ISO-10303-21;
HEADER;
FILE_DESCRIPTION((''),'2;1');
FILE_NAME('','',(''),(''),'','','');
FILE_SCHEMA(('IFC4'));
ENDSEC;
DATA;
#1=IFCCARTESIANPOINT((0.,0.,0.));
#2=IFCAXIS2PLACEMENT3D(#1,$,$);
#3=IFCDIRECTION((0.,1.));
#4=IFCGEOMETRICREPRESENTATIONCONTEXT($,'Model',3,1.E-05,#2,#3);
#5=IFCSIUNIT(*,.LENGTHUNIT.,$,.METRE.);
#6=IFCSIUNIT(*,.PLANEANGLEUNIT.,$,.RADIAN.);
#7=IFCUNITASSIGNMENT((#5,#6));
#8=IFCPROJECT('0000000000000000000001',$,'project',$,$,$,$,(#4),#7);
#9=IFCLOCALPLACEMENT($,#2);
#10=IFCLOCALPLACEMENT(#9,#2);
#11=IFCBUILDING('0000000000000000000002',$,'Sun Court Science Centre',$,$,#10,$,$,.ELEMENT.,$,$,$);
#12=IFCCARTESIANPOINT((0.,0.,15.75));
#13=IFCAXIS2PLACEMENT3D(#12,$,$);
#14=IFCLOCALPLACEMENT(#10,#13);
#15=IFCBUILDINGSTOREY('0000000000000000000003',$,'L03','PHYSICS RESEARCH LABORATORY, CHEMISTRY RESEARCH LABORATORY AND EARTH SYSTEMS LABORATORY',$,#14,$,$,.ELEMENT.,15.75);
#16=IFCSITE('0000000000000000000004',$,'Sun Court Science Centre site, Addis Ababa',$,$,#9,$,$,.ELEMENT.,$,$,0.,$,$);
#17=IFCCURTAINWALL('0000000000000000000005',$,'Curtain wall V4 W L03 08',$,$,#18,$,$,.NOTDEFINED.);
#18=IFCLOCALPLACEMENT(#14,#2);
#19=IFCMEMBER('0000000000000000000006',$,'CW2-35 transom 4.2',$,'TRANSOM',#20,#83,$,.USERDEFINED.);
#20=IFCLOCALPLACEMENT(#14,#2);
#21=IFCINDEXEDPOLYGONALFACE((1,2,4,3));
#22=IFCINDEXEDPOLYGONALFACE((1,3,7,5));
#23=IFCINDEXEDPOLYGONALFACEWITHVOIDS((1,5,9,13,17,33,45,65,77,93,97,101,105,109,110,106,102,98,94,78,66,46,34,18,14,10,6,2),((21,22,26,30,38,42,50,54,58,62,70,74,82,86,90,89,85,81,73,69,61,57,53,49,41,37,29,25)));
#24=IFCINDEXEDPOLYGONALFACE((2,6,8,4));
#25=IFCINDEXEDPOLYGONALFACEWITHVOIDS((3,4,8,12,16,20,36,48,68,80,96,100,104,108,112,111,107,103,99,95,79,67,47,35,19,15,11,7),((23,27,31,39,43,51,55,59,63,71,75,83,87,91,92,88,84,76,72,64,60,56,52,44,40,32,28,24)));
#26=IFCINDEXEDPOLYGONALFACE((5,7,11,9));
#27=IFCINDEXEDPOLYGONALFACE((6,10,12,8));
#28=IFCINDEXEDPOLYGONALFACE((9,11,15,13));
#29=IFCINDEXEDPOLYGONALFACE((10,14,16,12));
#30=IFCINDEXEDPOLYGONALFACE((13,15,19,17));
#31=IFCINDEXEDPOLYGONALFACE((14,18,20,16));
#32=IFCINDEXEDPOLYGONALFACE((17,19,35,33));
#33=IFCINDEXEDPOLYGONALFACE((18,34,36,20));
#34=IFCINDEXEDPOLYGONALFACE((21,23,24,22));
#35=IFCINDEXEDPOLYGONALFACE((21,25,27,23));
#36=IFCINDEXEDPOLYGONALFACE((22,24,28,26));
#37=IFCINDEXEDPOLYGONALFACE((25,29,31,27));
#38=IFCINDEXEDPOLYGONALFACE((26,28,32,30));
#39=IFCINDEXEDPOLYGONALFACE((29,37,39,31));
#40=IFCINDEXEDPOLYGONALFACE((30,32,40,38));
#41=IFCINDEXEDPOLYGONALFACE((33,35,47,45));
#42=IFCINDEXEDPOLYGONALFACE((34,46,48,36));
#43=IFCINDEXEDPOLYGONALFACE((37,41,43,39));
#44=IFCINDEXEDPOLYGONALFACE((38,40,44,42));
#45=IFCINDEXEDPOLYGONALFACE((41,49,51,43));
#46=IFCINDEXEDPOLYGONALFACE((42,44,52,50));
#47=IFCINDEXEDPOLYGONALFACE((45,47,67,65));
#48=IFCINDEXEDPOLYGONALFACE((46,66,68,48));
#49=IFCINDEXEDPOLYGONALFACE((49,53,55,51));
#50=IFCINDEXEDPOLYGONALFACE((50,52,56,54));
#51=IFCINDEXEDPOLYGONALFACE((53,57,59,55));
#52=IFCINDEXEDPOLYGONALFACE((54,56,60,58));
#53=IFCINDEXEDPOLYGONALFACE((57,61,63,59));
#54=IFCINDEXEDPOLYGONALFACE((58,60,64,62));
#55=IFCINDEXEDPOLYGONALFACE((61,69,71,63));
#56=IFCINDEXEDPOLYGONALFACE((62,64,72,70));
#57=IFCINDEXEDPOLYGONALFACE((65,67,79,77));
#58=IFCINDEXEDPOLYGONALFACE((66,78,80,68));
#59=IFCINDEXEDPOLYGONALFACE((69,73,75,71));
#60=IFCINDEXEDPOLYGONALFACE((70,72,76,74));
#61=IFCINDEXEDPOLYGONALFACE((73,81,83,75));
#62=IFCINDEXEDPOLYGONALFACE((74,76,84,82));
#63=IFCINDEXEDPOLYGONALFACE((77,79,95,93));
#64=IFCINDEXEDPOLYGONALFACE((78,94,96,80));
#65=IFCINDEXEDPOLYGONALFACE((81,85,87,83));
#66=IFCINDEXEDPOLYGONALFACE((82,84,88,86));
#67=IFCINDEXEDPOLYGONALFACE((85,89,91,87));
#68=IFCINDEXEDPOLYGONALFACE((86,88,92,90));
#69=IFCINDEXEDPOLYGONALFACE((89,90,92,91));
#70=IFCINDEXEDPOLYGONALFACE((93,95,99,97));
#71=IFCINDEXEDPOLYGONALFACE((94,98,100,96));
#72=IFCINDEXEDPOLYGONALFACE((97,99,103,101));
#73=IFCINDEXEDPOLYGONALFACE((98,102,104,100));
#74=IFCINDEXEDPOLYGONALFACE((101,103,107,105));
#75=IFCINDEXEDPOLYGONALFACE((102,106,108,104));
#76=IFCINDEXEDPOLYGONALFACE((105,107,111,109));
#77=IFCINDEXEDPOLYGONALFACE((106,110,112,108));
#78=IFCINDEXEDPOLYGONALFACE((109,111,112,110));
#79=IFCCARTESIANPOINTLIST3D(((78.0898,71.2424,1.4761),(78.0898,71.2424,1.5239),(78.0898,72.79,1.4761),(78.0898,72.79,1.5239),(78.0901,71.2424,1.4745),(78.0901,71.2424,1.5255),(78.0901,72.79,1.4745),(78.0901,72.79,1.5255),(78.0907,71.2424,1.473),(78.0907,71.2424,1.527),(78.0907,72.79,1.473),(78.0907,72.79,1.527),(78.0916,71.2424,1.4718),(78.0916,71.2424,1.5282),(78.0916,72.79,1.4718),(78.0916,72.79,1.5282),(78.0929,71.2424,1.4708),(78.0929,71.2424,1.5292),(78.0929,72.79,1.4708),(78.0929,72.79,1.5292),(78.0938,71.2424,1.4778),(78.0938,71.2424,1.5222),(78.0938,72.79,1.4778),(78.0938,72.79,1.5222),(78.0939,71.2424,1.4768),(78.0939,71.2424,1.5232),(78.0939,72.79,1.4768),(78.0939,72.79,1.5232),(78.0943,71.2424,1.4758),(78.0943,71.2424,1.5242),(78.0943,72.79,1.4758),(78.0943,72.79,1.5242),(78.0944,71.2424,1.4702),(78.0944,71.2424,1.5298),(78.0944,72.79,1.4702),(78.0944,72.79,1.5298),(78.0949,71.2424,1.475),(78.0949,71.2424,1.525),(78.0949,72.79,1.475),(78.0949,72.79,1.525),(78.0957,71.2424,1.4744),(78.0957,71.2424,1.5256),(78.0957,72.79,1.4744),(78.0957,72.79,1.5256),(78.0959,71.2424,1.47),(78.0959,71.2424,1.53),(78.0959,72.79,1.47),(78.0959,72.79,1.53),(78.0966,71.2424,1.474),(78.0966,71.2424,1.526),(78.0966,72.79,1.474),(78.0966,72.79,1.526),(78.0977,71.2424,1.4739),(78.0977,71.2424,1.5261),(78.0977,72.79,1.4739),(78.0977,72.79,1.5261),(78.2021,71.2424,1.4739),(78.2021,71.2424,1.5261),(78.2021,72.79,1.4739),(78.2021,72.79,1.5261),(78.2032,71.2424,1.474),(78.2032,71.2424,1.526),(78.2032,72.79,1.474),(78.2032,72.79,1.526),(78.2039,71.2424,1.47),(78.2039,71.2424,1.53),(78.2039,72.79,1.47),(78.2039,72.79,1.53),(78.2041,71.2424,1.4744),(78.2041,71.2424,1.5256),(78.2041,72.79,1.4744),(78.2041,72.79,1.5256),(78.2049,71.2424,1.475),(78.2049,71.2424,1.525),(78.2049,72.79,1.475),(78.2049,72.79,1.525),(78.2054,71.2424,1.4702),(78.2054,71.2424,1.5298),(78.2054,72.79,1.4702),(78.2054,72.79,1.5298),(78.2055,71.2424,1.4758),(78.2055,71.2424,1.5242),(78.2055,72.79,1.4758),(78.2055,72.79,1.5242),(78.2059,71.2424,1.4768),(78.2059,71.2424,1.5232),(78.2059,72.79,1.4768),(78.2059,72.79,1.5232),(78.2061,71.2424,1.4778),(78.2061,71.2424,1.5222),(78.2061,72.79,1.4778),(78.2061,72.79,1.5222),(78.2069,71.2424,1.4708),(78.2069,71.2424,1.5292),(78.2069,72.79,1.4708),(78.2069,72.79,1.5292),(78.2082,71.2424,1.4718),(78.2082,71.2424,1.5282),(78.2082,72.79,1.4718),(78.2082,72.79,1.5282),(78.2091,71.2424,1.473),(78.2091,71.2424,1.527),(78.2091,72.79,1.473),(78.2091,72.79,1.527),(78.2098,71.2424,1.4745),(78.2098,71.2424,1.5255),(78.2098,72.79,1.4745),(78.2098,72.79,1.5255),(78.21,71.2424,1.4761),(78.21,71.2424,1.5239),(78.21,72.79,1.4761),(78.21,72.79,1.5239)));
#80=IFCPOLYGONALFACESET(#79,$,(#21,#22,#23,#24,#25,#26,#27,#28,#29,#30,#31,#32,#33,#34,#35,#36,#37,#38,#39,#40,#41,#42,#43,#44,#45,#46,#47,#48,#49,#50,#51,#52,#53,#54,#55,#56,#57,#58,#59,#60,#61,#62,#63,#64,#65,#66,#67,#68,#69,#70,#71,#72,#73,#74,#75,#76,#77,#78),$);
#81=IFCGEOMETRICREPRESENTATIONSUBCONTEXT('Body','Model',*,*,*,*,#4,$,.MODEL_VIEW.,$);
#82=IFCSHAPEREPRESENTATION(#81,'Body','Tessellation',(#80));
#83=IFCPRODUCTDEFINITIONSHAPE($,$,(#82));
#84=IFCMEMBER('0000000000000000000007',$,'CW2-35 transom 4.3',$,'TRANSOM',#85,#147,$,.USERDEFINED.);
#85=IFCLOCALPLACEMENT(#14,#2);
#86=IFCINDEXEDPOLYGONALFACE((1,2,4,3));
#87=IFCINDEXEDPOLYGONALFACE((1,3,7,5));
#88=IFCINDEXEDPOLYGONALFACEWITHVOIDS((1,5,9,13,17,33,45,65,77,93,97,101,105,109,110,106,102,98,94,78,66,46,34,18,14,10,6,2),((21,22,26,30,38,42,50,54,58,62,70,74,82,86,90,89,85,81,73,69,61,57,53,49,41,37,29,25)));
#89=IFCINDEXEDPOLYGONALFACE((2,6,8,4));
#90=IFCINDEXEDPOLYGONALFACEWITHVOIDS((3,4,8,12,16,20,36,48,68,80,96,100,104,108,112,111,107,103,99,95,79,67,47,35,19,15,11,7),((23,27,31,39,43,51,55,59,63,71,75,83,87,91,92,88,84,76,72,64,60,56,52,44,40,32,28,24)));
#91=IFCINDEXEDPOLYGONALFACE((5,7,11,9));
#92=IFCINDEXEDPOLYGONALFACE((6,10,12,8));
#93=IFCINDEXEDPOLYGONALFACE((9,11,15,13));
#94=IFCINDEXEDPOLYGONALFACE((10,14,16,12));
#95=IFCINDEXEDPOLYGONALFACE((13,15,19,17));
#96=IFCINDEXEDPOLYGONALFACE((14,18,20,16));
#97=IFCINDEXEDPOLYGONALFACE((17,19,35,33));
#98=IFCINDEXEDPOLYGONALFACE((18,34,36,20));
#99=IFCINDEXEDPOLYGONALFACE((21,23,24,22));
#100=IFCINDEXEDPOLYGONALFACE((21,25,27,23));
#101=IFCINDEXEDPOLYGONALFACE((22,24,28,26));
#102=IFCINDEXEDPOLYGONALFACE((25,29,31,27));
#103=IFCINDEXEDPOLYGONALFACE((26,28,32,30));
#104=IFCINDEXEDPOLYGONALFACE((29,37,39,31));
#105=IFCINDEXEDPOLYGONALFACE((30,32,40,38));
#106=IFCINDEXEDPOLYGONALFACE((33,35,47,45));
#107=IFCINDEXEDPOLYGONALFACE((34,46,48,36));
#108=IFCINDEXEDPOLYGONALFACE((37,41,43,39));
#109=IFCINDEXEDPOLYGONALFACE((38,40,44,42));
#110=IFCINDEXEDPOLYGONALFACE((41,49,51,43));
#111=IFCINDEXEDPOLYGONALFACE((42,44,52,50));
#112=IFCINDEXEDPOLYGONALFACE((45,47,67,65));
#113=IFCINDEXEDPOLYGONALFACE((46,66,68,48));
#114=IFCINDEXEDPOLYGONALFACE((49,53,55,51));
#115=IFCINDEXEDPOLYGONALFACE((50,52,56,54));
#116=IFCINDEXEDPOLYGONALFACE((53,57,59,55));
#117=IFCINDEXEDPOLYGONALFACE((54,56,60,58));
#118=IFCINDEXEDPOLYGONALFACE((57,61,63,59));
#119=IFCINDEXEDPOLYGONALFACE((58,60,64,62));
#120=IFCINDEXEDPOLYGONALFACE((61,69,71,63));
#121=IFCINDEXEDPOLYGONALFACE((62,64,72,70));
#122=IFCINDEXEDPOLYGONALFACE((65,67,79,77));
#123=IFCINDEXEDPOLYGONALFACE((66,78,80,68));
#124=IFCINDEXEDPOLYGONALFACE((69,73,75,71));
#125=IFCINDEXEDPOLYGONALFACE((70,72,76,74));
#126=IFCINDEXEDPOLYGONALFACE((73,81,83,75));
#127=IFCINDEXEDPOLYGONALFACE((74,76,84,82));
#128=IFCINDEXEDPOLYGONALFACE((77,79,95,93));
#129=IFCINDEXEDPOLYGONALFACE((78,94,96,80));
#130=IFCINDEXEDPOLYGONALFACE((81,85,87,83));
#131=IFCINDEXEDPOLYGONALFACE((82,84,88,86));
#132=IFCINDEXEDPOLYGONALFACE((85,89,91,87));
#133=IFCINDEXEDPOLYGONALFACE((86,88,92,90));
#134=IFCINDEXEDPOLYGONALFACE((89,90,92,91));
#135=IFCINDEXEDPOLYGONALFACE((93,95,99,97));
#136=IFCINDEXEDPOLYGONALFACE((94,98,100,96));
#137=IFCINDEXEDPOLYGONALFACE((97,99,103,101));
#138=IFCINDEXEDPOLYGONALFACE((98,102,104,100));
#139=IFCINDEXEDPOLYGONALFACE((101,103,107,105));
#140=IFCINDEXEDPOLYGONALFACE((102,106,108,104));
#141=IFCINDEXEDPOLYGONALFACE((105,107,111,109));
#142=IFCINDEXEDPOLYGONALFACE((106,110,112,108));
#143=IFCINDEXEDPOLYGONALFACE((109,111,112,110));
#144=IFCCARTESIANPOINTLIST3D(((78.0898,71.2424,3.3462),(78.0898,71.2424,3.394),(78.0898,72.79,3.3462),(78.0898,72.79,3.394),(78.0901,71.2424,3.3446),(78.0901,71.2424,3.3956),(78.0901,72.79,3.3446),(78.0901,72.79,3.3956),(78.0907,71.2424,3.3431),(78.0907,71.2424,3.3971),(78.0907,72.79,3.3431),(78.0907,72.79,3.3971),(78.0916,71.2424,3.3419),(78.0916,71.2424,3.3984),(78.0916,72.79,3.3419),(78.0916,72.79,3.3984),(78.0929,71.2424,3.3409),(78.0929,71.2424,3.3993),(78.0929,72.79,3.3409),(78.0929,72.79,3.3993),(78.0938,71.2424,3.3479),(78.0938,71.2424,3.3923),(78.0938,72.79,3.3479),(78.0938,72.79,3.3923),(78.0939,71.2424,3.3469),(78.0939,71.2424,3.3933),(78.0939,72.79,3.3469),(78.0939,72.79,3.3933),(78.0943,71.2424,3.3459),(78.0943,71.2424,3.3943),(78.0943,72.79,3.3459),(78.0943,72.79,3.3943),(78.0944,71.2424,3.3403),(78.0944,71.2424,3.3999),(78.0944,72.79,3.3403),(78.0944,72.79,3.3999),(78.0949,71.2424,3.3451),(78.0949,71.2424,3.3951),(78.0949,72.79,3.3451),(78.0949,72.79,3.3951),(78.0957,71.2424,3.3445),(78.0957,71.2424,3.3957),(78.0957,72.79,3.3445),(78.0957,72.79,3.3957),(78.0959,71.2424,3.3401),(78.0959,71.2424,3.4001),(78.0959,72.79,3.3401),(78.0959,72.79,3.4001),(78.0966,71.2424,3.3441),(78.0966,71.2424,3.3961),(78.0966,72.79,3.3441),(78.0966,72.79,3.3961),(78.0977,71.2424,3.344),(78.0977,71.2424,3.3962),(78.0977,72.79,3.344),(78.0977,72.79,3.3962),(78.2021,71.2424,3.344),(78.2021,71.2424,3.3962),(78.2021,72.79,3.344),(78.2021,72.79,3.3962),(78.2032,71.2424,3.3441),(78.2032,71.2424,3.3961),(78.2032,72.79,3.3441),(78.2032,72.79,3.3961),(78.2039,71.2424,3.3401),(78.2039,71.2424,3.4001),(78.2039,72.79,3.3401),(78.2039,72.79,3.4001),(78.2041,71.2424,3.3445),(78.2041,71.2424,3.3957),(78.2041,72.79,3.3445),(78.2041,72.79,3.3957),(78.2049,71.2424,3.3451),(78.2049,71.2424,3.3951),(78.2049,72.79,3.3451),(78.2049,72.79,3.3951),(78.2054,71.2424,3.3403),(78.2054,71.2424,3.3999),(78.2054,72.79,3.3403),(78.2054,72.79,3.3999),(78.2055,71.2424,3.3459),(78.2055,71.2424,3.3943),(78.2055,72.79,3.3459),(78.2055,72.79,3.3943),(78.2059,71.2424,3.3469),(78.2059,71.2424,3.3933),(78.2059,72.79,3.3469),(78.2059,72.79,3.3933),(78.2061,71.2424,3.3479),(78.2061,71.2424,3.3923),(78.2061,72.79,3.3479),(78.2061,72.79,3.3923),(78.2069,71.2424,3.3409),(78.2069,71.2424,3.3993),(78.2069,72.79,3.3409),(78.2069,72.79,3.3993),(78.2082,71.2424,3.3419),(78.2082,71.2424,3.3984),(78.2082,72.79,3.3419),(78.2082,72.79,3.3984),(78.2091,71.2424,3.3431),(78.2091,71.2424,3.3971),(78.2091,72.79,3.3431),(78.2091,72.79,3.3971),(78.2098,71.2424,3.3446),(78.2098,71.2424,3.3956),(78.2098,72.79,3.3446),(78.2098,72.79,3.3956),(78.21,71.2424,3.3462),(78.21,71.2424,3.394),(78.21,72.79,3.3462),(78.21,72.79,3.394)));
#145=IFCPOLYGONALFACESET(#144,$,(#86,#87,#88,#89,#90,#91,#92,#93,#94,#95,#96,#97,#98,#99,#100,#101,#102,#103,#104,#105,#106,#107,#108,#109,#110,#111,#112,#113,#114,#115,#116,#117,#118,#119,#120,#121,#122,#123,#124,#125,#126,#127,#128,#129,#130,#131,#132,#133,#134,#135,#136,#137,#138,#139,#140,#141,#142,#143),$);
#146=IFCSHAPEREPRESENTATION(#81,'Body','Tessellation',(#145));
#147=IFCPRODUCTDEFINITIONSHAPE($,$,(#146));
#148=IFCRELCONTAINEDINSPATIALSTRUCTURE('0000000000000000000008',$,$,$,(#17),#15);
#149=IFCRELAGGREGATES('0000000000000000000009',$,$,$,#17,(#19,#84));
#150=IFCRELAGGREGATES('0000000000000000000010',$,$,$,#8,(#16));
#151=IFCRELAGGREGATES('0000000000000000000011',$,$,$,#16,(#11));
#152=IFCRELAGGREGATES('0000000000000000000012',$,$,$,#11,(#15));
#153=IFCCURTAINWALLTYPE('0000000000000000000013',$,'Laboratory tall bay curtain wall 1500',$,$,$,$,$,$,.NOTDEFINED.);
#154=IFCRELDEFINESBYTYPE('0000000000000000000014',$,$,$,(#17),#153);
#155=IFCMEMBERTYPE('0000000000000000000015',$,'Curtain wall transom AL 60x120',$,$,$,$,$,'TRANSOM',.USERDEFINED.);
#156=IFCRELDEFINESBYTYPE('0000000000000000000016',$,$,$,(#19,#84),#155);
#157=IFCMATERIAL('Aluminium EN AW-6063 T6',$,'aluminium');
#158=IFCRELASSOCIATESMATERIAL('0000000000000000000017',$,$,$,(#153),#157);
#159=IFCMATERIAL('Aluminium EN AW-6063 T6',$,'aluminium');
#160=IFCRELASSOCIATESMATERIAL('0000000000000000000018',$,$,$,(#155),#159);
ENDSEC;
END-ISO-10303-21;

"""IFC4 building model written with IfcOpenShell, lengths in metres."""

from ifc_helpers import new_model, si_unit, direction, frame, origin, origin_2d, place, context, subcontext, project, spatial, hollow_rectangle, extrude, material, material_profile, profile_set, type_object, element, aggregate, save


model = new_model("IFC4")

# Units and contexts
model_context = context("Model", 3, precision=1e-05, world=origin(), true_north=direction((0.0, 1.0)))
body_context = subcontext(model_context, "Body", "Model", "MODEL_VIEW")
ifc_project = project(units=[si_unit("LENGTHUNIT", "METRE"), si_unit("PLANEANGLEUNIT", "RADIAN")], contexts=[model_context])

# Site, building, storey
site_placement = place(None, origin())
site = spatial("IfcSite", under=ifc_project, at=site_placement, Name="Sun Court Science Centre site, Addis Ababa", CompositionType="ELEMENT", RefElevation=0.0)
building_placement = place(site_placement, origin())
building = spatial("IfcBuilding", under=site, at=building_placement, Name="Sun Court Science Centre", CompositionType="ELEMENT")
storey_placement = place(building_placement, frame((0.0, 0.0, 15.75)))
storey = spatial("IfcBuildingStorey", under=building, at=storey_placement, Name="L03", Description="PHYSICS RESEARCH LABORATORY, CHEMISTRY RESEARCH LABORATORY AND EARTH SYSTEMS LABORATORY", CompositionType="ELEMENT", Elevation=15.75)

# Curtain wall
ifc_material_1 = material(Name="Aluminium EN AW-6063 T6", Category="aluminium")
curtain_wall_type = type_object("IfcCurtainWallType", Name="Laboratory tall bay curtain wall 1500", PredefinedType="NOTDEFINED", material=ifc_material_1)
curtain_wall_1_placement = place(storey_placement, origin())
curtain_wall_1 = element("IfcCurtainWall", 1, at=curtain_wall_1_placement, inside=storey, type_object=curtain_wall_type, Name="Curtain wall V4 W L03 08", PredefinedType="NOTDEFINED")

# Members
ifc_material_2 = material(Name="Aluminium EN AW-6063 T6", Category="aluminium")
ifc_material_profile_1 = material_profile(ifc_material_2, hollow_rectangle(XDim=0.0601, YDim=0.1201, WallThickness=0.0039, InnerFilletRadius=0.0039, OuterFilletRadius=0.0061, at=origin_2d()), Name="AL 60x120x4")
ifc_profile_set_1 = profile_set([ifc_material_profile_1], Name="Aluminium EN AW-6063 T6")
member_type_1 = type_object("IfcMemberType", Name="Curtain wall transom AL 60x120", ElementType="TRANSOM", PredefinedType="USERDEFINED", material=ifc_profile_set_1)
member_1_placement = place(storey_placement, frame((78.1499, 71.2424, 1.5), z_axis=(0.0, 1.0, 0.0), x_axis=(0.0, 0.0, 1.0)))
member_1 = element("IfcMember", 2, at=member_1_placement, type_object=member_type_1, Name="CW2-35 transom 4.2", ObjectType="TRANSOM", PredefinedType="USERDEFINED", context=body_context, shape_type="SweptSolid", body=[
    extrude(hollow_rectangle(XDim=0.0601, YDim=0.1201, WallThickness=0.0039, InnerFilletRadius=0.0039, OuterFilletRadius=0.0061, at=origin_2d()), origin(), (0.0, 0.0, 1.0), 1.5476),
])
member_2_placement = place(storey_placement, frame((78.1499, 71.2424, 3.3701), z_axis=(0.0, 1.0, 0.0), x_axis=(0.0, 0.0, 1.0)))
member_2 = element("IfcMember", 3, at=member_2_placement, type_object=member_type_1, Name="CW2-35 transom 4.3", ObjectType="TRANSOM", PredefinedType="USERDEFINED", context=body_context, shape_type="SweptSolid", body=[
    extrude(hollow_rectangle(XDim=0.0601, YDim=0.1201, WallThickness=0.0039, InnerFilletRadius=0.0039, OuterFilletRadius=0.0061, at=origin_2d()), origin(), (0.0, 0.0, 1.0), 1.5476),
])

aggregate(curtain_wall_1, [member_1, member_2])

save(model, "model.ifc")
